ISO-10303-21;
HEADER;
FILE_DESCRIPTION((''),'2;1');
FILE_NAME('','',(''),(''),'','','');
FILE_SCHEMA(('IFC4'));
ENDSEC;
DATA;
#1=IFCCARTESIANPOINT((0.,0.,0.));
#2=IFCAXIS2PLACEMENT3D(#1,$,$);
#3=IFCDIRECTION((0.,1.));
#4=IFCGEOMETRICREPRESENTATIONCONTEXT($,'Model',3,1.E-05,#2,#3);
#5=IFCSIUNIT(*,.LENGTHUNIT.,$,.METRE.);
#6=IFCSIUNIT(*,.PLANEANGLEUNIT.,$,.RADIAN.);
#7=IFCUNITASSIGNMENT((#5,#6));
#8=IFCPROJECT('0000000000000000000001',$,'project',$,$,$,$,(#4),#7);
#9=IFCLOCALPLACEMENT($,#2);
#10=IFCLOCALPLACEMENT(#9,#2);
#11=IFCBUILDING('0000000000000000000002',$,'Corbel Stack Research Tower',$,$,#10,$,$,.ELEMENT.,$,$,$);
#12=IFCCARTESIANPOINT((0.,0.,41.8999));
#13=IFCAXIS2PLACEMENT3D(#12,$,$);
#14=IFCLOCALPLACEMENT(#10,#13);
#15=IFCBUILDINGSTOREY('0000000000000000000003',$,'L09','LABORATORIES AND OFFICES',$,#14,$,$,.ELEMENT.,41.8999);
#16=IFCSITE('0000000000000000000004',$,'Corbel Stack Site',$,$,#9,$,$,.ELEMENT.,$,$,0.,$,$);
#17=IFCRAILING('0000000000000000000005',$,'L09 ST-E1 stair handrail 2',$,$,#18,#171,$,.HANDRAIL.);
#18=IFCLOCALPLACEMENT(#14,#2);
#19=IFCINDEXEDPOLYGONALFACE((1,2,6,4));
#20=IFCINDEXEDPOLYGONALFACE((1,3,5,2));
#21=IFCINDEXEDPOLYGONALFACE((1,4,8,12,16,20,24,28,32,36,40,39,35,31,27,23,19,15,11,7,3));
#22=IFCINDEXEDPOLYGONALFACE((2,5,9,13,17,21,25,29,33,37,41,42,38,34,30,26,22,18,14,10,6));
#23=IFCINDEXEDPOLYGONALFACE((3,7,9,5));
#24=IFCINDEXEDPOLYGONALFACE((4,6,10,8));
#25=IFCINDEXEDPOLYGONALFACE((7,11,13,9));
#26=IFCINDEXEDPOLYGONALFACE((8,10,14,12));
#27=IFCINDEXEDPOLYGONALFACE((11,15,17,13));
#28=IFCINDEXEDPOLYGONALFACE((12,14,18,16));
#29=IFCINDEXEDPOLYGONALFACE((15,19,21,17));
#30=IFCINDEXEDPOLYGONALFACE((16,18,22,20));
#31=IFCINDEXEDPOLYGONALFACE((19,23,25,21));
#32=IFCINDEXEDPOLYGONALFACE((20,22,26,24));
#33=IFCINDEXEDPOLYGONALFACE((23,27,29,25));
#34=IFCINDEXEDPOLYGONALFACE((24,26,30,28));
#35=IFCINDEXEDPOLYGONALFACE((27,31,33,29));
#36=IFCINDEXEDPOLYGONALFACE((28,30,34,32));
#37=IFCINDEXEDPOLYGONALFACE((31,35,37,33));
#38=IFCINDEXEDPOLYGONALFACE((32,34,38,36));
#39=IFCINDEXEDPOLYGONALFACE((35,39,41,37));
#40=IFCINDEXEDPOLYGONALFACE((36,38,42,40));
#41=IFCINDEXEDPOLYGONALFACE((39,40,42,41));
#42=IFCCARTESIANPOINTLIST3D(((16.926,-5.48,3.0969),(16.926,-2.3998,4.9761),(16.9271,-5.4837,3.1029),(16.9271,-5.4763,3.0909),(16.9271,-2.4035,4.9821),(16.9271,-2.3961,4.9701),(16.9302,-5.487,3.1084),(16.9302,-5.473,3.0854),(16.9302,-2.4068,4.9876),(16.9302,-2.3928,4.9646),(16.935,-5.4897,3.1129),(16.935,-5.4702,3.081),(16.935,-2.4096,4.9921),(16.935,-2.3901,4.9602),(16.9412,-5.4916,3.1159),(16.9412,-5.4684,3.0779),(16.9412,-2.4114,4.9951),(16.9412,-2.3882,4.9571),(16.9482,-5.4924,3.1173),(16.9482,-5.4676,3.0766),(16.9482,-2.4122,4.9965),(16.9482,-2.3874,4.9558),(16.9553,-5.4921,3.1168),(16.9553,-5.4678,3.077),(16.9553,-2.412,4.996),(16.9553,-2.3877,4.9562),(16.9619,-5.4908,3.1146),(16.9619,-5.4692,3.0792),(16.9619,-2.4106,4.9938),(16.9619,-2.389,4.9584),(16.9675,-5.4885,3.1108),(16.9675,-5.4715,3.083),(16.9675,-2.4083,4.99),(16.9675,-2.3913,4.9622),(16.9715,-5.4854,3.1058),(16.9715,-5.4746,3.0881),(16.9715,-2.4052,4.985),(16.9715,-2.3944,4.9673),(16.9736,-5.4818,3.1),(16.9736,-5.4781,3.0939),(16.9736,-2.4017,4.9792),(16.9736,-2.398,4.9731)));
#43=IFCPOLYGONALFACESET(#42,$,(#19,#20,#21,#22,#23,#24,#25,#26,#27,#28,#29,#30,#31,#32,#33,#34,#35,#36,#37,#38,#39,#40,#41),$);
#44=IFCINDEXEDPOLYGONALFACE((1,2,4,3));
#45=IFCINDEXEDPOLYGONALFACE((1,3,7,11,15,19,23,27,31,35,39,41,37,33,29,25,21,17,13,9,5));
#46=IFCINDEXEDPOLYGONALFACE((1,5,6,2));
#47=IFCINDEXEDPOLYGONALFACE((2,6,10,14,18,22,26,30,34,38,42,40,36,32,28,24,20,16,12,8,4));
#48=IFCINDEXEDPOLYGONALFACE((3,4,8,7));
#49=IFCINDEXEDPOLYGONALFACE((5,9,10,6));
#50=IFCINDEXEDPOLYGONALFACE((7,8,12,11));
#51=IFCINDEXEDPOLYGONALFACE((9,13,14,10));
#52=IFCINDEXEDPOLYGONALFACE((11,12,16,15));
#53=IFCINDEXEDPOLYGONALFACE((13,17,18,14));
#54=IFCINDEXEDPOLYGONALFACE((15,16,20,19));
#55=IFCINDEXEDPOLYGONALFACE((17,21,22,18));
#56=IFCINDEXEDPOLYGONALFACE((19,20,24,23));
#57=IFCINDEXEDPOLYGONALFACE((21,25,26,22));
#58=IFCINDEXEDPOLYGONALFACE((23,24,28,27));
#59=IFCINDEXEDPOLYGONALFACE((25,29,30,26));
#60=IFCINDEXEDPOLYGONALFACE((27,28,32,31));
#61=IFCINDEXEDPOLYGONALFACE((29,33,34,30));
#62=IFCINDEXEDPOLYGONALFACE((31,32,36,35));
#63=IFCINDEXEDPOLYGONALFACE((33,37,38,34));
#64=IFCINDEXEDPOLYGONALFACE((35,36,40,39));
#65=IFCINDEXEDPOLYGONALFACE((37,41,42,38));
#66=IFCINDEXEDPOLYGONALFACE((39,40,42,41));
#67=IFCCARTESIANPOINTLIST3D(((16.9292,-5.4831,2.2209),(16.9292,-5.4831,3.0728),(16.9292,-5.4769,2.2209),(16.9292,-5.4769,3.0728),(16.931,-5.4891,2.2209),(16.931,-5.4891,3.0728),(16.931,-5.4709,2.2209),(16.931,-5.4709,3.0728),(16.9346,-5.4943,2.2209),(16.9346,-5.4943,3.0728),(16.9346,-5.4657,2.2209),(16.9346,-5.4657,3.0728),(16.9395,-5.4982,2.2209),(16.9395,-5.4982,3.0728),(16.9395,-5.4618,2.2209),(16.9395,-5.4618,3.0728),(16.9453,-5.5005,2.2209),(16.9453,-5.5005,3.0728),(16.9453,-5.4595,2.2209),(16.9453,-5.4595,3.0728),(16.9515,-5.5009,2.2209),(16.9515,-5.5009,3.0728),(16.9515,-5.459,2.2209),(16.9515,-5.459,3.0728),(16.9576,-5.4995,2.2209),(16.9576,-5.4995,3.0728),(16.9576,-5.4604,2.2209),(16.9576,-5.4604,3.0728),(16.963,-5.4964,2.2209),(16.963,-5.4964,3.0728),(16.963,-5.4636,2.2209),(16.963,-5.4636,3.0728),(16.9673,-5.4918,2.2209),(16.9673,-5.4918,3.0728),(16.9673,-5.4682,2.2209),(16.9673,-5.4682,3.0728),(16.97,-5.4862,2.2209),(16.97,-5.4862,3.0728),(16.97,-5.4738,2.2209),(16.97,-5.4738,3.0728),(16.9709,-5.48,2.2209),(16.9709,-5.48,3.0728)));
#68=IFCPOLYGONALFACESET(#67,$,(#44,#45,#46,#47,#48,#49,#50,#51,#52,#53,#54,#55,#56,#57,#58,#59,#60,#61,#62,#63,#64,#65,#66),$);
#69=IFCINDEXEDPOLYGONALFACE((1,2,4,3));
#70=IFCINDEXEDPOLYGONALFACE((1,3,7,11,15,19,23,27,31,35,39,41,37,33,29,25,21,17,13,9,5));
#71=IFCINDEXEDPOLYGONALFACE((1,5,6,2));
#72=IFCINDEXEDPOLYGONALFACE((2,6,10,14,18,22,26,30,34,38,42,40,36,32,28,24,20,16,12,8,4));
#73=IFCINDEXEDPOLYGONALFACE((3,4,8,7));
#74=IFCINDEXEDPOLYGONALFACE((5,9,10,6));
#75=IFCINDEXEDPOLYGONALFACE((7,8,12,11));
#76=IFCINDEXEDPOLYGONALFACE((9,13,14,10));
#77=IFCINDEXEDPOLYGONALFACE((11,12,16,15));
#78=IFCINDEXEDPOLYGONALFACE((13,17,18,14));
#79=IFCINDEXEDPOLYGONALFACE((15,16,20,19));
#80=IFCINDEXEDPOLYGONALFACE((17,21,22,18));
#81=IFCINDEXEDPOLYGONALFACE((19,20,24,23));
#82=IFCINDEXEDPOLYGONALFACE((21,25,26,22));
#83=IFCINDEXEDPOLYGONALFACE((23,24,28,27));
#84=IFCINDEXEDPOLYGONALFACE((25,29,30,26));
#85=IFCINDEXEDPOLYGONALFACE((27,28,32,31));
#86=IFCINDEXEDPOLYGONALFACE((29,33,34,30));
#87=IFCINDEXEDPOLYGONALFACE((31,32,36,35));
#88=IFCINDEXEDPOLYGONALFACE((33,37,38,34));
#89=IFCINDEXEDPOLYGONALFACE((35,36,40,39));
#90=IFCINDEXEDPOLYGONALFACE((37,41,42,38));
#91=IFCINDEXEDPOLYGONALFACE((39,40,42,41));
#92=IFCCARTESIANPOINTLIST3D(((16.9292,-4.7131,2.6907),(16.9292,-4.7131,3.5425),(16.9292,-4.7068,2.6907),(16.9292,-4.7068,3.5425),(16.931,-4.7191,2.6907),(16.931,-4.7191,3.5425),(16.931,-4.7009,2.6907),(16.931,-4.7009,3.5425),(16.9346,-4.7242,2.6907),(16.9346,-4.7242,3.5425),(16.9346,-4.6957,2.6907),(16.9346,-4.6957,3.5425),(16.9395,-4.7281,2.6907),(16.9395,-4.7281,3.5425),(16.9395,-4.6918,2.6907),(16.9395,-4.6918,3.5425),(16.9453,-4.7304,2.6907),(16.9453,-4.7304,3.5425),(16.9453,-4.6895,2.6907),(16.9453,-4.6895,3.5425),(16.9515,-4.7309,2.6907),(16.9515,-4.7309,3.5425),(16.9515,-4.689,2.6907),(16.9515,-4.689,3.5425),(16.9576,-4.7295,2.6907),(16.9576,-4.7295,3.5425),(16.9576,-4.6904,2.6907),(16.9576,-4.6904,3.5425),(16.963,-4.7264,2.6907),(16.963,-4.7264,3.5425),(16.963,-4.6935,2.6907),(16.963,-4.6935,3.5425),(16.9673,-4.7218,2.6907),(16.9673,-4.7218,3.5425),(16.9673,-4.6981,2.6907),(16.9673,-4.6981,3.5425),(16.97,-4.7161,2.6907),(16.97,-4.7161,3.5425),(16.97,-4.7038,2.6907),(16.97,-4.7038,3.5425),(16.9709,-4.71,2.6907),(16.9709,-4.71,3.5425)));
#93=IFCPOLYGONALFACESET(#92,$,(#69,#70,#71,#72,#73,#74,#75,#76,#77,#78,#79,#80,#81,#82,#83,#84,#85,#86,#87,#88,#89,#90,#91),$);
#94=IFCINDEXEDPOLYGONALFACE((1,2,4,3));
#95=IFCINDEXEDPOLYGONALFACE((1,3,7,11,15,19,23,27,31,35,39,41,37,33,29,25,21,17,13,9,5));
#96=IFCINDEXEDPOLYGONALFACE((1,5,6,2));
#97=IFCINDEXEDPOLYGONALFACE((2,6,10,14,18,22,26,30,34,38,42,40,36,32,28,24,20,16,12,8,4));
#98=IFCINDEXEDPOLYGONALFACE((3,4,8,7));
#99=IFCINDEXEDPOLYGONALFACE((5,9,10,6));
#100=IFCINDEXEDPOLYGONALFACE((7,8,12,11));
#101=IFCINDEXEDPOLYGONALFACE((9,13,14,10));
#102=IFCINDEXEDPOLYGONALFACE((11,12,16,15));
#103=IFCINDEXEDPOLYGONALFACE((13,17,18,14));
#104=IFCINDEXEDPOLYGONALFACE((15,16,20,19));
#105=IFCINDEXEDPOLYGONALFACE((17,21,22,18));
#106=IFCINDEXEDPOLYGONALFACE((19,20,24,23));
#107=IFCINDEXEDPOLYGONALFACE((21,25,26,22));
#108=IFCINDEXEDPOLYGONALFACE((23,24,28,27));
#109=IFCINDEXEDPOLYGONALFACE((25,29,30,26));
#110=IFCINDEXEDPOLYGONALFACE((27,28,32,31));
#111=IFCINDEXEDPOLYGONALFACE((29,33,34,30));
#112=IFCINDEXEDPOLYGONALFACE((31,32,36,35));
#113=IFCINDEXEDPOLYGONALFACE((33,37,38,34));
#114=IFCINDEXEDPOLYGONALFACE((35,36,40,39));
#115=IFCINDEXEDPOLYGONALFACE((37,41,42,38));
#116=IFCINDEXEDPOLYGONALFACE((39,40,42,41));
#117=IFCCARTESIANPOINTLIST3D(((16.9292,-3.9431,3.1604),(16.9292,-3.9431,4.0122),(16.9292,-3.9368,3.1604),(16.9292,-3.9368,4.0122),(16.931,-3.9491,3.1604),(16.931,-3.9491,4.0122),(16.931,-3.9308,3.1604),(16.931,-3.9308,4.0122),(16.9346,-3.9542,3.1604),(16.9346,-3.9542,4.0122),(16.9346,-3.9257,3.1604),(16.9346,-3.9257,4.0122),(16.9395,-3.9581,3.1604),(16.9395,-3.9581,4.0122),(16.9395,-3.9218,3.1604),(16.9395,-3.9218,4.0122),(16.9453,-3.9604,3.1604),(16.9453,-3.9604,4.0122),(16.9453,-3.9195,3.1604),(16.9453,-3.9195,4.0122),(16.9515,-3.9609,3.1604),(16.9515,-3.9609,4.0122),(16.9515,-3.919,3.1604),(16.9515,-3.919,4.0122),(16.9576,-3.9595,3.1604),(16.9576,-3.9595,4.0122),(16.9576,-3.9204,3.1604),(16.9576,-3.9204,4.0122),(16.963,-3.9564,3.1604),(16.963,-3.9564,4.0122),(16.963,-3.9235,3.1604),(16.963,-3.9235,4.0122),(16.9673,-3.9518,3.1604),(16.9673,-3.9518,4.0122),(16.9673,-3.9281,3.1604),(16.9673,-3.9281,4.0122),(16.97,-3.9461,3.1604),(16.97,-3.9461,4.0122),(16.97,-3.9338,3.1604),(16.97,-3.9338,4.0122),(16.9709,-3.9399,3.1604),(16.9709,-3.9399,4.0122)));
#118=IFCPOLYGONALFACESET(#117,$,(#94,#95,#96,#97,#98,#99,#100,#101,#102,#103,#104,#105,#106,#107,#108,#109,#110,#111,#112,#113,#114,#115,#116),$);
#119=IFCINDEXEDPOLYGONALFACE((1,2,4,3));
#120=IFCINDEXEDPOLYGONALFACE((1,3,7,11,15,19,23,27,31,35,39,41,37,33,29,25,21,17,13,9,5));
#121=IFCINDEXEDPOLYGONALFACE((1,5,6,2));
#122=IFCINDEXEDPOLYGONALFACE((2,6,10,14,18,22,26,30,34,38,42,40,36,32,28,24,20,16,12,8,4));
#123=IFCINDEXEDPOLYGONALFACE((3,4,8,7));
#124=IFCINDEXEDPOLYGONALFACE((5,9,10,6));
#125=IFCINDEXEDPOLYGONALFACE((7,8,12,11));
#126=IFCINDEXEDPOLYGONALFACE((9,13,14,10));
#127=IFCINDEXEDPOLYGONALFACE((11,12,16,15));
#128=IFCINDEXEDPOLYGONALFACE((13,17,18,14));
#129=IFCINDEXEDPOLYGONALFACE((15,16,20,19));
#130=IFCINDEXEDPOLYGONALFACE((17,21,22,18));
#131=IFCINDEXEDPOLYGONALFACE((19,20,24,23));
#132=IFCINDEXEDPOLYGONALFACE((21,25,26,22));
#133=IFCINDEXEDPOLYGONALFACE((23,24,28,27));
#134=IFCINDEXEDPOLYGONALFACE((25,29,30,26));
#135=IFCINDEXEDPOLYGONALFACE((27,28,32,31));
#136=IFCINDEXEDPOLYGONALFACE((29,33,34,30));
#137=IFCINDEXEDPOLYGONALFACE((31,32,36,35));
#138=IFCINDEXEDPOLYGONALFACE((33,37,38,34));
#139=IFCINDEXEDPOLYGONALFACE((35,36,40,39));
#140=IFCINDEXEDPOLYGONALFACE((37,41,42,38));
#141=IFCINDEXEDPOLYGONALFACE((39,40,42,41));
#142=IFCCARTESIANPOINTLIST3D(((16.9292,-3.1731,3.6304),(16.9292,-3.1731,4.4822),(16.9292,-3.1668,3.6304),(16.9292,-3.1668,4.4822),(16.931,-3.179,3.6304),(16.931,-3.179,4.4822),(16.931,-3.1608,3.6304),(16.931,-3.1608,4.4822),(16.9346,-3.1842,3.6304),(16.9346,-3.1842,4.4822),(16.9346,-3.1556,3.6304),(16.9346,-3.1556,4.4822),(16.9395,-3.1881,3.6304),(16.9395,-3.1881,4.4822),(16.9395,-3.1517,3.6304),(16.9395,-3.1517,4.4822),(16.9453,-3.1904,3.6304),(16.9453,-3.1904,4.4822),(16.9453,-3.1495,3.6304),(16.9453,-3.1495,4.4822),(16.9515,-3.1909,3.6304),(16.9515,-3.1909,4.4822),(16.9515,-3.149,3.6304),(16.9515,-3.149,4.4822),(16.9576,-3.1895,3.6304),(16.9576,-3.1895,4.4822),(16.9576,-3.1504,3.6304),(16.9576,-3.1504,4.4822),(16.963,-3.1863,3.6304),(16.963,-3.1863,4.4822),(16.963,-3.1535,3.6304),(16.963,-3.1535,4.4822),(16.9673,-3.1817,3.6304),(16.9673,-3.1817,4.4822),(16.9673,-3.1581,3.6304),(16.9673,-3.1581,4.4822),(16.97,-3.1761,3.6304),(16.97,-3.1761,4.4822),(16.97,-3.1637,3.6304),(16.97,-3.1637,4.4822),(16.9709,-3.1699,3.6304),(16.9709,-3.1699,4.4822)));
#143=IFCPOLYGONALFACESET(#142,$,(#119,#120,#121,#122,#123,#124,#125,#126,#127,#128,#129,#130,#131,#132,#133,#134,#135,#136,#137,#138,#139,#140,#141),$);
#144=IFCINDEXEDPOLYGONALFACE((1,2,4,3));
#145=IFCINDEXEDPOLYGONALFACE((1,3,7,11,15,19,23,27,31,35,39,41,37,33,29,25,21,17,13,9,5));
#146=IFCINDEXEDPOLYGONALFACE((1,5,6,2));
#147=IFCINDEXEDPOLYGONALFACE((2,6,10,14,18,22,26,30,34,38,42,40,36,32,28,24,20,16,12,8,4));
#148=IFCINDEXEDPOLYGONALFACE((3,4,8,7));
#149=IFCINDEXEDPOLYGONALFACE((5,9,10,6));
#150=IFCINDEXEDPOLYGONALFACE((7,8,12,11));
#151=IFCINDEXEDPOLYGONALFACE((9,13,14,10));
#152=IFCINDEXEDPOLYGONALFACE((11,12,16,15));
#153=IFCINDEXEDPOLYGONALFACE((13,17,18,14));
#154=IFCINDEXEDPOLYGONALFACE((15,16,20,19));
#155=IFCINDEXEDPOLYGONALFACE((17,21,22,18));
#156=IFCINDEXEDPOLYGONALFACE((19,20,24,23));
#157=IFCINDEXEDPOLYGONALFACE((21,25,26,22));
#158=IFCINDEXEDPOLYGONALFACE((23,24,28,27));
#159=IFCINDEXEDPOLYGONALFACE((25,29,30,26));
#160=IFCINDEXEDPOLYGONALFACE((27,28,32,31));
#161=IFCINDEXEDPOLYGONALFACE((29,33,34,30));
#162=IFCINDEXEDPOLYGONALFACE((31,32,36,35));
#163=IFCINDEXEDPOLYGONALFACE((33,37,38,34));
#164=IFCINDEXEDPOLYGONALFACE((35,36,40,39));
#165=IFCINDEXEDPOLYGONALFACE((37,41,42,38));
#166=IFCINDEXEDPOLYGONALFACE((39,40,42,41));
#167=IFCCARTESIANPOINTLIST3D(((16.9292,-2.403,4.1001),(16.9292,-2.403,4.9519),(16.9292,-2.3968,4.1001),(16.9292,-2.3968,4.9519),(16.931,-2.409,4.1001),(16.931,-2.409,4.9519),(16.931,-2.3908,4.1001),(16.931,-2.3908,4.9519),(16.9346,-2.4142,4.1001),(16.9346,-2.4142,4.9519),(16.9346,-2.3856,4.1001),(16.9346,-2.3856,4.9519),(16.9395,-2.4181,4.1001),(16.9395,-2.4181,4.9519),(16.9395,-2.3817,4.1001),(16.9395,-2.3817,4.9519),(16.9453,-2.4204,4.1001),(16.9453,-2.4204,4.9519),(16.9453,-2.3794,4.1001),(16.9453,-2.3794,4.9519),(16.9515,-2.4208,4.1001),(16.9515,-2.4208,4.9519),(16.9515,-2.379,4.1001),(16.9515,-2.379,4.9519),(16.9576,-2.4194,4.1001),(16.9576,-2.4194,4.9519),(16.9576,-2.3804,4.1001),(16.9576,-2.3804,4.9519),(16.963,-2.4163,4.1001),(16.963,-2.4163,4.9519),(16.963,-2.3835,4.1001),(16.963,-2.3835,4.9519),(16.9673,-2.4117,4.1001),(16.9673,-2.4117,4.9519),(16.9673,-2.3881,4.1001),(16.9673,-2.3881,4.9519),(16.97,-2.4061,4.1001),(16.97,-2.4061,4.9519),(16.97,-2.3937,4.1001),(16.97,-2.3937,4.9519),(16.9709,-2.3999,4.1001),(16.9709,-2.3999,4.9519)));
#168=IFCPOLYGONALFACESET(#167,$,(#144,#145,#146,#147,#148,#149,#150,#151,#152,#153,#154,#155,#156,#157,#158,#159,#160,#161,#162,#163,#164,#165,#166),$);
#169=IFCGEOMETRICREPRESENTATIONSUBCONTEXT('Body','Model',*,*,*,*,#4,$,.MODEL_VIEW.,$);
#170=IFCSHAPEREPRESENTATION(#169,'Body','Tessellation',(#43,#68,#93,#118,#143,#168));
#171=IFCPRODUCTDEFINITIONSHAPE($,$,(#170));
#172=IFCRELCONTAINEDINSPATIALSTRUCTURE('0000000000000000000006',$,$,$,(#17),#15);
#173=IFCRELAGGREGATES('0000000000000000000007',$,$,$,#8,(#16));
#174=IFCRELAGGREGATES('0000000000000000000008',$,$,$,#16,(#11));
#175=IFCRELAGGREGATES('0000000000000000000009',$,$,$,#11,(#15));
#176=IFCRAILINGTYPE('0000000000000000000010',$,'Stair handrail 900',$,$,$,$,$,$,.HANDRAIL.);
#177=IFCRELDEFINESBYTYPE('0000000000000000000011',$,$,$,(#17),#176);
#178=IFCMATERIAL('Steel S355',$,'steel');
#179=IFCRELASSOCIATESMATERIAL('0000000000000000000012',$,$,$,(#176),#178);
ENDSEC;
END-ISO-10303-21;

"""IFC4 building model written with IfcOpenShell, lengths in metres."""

from ifc_helpers import new_model, si_unit, direction, frame, origin, origin_2d, place, context, subcontext, project, spatial, circle, extrude, material, type_object, element, save


model = new_model("IFC4")

# Units and contexts
model_context = context("Model", 3, precision=1e-05, world=origin(), true_north=direction((0.0, 1.0)))
body_context = subcontext(model_context, "Body", "Model", "MODEL_VIEW")
ifc_project = project(units=[si_unit("LENGTHUNIT", "METRE"), si_unit("PLANEANGLEUNIT", "RADIAN")], contexts=[model_context])

# Site, building, storey
site_placement = place(None, origin())
site = spatial("IfcSite", under=ifc_project, at=site_placement, Name="Corbel Stack Site", CompositionType="ELEMENT", RefElevation=0.0)
building_placement = place(site_placement, origin())
building = spatial("IfcBuilding", under=site, at=building_placement, Name="Corbel Stack Research Tower", CompositionType="ELEMENT")
storey_placement = place(building_placement, frame((0.0, 0.0, 41.8999)))
storey = spatial("IfcBuildingStorey", under=building, at=storey_placement, Name="L09", Description="LABORATORIES AND OFFICES", CompositionType="ELEMENT", Elevation=41.8999)

# Railing
ifc_material_1 = material(Name="Steel S355", Category="steel")
railing_type_1 = type_object("IfcRailingType", Name="Stair handrail 900", PredefinedType="HANDRAIL", material=ifc_material_1)
railing_1_placement = place(storey_placement, frame((16.95, -5.48, 2.2209)))
element("IfcRailing", 1, at=railing_1_placement, inside=storey, type_object=railing_type_1, Name="L09 ST-E1 stair handrail 2", PredefinedType="HANDRAIL", context=body_context, shape_type="SweptSolid", body=[
    extrude(circle(Radius=0.0239, at=origin_2d()), frame((0.0, 0.0, 0.876), z_axis=(0.0, 0.853666, 0.52082), x_axis=(-1.0, 0.0, 0.0)), (0.0, 0.0, 1.0), 3.6082),
    extrude(circle(Radius=0.021, at=origin_2d()), origin(), (0.0, 0.0, 1.0), 0.8518),
    extrude(circle(Radius=0.021, at=origin_2d()), frame((0.0, 0.77, 0.4697)), (0.0, 0.0, 1.0), 0.8518),
    extrude(circle(Radius=0.021, at=origin_2d()), frame((0.0, 1.54, 0.9395)), (0.0, 0.0, 1.0), 0.8518),
    extrude(circle(Radius=0.021, at=origin_2d()), frame((0.0, 2.3101, 1.4094)), (0.0, 0.0, 1.0), 0.8518),
    extrude(circle(Radius=0.021, at=origin_2d()), frame((0.0, 3.0801, 1.8792)), (0.0, 0.0, 1.0), 0.8518),
])

save(model, "model.ifc")
